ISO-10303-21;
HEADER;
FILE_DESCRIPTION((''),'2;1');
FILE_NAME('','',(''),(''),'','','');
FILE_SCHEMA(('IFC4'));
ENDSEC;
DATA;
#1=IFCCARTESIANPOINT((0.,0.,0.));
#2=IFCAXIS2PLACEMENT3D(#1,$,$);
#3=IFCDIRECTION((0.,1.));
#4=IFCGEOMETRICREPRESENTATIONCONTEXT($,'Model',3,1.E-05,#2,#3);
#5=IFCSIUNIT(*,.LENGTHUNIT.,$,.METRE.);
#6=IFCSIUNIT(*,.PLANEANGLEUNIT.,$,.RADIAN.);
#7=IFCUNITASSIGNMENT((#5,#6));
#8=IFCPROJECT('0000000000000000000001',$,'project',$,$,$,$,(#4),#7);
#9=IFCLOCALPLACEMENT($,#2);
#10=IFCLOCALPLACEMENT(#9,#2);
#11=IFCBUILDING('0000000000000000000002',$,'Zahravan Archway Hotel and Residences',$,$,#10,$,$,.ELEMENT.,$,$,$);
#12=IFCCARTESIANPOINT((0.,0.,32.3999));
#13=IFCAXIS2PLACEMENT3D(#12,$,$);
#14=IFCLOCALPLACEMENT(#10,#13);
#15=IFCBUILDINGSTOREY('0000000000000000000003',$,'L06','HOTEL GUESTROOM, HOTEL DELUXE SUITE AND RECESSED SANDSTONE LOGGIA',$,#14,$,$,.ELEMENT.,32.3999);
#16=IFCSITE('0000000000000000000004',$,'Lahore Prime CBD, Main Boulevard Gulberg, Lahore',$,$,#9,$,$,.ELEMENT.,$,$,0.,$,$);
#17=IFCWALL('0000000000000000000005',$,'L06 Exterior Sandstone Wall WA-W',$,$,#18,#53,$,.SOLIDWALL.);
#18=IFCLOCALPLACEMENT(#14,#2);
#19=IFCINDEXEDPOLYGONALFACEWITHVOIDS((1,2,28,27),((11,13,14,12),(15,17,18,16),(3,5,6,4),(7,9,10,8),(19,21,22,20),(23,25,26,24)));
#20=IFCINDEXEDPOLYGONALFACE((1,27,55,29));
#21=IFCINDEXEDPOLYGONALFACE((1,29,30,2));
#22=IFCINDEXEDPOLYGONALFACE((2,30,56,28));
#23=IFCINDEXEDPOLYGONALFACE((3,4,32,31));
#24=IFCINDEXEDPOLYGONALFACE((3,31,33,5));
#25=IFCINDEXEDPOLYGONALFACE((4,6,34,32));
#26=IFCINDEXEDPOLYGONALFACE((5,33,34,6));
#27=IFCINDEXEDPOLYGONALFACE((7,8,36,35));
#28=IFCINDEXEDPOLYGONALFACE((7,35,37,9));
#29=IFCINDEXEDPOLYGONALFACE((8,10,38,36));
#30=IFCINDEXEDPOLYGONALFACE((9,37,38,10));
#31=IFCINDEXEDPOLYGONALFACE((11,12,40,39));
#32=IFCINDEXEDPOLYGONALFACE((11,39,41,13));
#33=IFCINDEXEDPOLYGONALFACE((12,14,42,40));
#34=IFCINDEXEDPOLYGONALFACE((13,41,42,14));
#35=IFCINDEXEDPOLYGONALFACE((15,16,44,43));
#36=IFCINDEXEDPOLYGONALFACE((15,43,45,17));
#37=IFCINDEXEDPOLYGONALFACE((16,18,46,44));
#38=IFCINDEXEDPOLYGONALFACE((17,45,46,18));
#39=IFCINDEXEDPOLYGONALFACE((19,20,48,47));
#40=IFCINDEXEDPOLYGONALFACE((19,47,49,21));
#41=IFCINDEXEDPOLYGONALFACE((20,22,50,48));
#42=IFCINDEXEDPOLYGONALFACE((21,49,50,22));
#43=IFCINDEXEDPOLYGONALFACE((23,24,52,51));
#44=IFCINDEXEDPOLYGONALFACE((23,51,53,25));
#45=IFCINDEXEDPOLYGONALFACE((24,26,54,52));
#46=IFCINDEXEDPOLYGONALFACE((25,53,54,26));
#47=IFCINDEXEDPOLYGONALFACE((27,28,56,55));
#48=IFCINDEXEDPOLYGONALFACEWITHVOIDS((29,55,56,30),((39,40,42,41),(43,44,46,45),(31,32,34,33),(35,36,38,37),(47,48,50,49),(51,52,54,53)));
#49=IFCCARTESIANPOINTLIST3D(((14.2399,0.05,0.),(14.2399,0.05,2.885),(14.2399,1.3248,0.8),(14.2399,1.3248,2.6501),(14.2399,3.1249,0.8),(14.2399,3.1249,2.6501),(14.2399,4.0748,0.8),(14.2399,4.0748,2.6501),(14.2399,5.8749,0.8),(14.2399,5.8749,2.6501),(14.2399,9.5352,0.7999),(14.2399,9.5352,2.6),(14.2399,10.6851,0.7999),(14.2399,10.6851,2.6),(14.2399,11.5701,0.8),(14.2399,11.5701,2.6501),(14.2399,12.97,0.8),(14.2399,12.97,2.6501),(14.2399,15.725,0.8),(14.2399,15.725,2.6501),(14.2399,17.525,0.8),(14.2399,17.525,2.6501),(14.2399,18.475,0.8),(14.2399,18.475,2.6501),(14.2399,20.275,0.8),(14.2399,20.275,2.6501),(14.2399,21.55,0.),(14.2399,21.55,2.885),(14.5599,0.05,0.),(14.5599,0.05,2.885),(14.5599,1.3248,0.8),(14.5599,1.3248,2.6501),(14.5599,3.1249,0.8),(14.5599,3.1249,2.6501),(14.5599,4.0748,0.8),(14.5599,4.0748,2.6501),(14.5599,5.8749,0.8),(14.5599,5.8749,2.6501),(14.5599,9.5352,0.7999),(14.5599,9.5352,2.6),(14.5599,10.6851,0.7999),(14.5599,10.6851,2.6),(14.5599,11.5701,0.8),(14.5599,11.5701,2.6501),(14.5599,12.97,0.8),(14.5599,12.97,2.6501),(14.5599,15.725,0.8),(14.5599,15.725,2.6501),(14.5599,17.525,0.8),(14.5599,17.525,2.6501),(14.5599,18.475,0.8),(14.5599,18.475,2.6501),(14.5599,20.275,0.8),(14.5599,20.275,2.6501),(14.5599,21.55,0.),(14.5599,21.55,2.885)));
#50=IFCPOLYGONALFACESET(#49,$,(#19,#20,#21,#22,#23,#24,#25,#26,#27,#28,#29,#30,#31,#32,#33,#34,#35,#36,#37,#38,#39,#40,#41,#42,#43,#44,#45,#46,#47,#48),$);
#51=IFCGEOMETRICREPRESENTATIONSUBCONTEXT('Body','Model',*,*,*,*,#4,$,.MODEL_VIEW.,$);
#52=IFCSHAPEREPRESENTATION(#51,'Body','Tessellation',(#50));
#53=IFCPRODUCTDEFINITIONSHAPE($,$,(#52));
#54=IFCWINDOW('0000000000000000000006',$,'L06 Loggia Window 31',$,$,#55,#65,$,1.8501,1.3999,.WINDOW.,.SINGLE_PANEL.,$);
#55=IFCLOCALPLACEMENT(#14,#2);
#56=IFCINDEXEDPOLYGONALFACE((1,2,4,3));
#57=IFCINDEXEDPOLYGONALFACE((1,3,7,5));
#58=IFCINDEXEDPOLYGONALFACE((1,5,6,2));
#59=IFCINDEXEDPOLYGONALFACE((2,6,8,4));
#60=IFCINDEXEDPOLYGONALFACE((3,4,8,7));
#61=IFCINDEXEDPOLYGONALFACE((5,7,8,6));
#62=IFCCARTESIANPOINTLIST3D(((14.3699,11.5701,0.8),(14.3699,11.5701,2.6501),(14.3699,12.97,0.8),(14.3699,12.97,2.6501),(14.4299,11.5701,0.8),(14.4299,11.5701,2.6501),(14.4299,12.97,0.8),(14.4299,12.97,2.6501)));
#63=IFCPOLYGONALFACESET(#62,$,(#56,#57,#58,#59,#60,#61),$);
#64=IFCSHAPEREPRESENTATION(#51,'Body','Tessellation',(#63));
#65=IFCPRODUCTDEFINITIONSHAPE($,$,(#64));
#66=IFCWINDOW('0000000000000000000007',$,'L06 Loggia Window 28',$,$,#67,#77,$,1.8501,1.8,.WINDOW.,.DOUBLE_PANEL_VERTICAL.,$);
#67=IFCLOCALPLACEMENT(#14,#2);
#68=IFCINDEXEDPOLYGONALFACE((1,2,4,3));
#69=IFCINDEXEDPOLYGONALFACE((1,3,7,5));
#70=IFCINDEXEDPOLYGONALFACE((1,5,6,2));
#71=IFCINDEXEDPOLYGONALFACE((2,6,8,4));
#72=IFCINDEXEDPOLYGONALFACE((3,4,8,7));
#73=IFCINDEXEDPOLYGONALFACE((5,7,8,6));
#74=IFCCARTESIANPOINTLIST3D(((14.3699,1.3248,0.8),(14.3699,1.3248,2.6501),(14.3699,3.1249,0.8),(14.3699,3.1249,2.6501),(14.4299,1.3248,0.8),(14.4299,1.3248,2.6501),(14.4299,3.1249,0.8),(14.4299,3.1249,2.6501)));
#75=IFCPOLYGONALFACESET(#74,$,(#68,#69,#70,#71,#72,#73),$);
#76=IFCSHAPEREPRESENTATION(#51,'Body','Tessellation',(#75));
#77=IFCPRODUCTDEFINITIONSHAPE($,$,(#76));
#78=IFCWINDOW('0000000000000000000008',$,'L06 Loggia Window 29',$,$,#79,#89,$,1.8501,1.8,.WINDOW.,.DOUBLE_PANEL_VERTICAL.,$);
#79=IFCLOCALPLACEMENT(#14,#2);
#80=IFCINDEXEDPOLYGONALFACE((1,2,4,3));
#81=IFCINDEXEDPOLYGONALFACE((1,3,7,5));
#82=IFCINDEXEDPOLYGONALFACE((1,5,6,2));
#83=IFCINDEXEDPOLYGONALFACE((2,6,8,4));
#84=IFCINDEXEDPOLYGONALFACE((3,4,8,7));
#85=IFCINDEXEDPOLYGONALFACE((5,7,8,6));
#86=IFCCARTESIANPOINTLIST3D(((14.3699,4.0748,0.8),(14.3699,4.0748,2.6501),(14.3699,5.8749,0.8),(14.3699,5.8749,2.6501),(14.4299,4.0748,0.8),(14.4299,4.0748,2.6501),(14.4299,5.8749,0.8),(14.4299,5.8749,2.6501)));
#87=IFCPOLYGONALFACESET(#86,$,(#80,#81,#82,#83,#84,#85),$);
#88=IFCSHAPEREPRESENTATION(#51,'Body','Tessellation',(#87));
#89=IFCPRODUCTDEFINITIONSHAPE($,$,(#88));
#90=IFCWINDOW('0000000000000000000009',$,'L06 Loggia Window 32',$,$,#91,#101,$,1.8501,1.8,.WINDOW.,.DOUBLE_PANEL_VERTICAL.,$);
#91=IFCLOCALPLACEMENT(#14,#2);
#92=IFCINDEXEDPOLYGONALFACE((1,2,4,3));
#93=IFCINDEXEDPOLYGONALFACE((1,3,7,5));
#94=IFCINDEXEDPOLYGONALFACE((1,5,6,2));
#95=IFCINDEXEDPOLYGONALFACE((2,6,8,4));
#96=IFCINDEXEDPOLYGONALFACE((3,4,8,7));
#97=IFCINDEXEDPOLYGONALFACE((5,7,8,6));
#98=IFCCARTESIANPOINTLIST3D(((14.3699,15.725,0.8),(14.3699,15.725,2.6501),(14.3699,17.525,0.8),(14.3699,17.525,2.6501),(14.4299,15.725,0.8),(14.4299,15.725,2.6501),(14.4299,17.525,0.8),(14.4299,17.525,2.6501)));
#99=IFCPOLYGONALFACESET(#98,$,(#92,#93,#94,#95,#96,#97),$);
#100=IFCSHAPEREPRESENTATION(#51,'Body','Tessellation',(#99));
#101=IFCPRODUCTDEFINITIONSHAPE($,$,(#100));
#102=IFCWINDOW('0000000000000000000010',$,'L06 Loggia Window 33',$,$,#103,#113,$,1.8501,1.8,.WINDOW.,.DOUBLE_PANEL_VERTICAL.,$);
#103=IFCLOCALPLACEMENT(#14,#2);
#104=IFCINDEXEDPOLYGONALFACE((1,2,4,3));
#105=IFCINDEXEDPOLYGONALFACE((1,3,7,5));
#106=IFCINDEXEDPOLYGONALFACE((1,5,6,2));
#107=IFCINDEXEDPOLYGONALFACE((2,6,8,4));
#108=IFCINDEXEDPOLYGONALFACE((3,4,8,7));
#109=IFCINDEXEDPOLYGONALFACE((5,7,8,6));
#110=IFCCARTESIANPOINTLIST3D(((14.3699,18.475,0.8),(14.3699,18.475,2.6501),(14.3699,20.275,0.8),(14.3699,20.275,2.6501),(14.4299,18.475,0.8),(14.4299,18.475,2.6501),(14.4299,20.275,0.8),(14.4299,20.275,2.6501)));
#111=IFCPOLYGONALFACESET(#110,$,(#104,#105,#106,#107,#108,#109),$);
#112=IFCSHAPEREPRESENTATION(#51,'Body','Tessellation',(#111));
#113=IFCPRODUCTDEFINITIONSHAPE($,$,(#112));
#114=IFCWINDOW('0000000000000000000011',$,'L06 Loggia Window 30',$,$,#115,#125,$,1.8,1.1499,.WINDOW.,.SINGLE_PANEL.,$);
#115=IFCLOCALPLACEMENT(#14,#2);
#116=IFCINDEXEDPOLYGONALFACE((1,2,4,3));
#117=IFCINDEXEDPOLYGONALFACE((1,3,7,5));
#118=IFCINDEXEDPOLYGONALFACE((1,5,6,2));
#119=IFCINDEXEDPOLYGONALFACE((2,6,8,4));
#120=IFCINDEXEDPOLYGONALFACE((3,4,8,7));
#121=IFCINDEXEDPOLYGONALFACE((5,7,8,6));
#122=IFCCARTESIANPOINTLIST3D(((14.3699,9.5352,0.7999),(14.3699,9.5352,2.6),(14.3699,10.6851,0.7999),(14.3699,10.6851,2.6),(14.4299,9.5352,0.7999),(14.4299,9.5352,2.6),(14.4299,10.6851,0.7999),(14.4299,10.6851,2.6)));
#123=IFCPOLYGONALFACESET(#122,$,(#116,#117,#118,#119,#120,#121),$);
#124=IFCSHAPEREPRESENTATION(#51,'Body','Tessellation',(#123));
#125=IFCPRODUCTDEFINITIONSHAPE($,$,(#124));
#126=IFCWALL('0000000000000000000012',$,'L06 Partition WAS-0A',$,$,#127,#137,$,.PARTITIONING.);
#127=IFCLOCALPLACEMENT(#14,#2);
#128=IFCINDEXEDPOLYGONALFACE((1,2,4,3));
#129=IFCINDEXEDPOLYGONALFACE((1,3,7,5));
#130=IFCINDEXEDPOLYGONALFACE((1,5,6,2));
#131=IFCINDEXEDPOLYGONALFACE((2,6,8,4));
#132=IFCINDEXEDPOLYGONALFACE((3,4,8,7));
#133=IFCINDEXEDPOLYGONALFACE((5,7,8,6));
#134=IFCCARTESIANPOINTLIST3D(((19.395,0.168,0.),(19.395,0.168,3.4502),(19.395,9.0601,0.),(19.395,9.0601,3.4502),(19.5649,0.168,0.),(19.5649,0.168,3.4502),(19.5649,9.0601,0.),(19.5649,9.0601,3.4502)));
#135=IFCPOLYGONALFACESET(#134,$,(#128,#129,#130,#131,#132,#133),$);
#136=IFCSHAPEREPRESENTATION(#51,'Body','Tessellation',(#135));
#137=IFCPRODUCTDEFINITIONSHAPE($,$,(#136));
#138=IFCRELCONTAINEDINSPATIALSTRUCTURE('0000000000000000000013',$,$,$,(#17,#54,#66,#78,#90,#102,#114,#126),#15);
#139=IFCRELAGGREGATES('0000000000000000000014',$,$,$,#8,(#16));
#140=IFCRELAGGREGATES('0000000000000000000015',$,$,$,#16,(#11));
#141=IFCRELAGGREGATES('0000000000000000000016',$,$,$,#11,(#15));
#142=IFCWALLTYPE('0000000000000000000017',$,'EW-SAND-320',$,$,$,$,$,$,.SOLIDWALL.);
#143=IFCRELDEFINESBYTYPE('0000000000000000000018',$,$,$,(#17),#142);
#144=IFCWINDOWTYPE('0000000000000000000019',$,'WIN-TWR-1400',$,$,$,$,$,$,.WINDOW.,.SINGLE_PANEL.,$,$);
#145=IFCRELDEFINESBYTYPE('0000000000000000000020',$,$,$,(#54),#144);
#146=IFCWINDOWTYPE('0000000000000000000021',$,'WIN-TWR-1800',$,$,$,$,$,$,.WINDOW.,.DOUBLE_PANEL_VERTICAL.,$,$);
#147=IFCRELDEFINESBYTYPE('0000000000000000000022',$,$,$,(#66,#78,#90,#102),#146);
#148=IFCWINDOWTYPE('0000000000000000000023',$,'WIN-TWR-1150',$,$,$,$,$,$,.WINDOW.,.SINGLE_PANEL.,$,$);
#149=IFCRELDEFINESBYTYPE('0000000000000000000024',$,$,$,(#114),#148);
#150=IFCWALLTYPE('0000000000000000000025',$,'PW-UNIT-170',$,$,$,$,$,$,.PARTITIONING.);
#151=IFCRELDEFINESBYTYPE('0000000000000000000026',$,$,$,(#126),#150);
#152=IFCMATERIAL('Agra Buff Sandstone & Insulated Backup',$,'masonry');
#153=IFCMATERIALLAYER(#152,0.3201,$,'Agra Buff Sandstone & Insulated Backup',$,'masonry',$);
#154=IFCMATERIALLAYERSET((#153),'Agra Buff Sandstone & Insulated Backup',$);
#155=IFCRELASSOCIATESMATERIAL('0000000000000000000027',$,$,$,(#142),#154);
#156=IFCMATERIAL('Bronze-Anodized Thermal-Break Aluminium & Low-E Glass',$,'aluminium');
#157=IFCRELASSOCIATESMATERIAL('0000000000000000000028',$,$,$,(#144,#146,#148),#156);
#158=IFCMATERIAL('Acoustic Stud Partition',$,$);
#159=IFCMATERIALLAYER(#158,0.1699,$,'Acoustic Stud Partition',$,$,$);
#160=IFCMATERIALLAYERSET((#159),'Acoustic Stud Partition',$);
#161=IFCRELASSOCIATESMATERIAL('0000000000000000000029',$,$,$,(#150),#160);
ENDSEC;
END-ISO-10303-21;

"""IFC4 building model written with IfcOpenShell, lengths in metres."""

from ifc_helpers import new_model, si_unit, direction, frame, frame_2d, origin, place, context, subcontext, project, spatial, rectangle, extrude, source, transform, mapped, material, layer, layer_set, type_object, type_shapes, element, fill, save


model = new_model("IFC4")

# Units and contexts
model_context = context("Model", 3, precision=1e-05, world=origin(), true_north=direction((0.0, 1.0)))
body_context = subcontext(model_context, "Body", "Model", "MODEL_VIEW")
ifc_project = project(units=[si_unit("LENGTHUNIT", "METRE"), si_unit("PLANEANGLEUNIT", "RADIAN")], contexts=[model_context])

# Site, building, storey
site_placement = place(None, origin())
site = spatial("IfcSite", under=ifc_project, at=site_placement, Name="Lahore Prime CBD, Main Boulevard Gulberg, Lahore", CompositionType="ELEMENT", RefElevation=0.0)
building_placement = place(site_placement, origin())
building = spatial("IfcBuilding", under=site, at=building_placement, Name="Zahravan Archway Hotel and Residences", CompositionType="ELEMENT")
storey_placement = place(building_placement, frame((0.0, 0.0, 32.3999)))
storey = spatial("IfcBuildingStorey", under=building, at=storey_placement, Name="L06", Description="HOTEL GUESTROOM, HOTEL DELUXE SUITE AND RECESSED SANDSTONE LOGGIA", CompositionType="ELEMENT", Elevation=32.3999)

# Wall, openings, windows
ifc_material_1 = material(Name="Agra Buff Sandstone & Insulated Backup", Category="masonry")
ifc_layer_1 = layer(ifc_material_1, 0.3201, Name="Agra Buff Sandstone & Insulated Backup", Category="masonry")
ifc_layer_set_1 = layer_set([ifc_layer_1], Name="Agra Buff Sandstone & Insulated Backup")
wall_type_1 = type_object("IfcWallType", Name="EW-SAND-320", PredefinedType="SOLIDWALL", material=ifc_layer_set_1)
wall_1_placement = place(storey_placement, frame((14.3999, 0.05, 0.0), z_axis=(0.0, 0.0, 1.0), x_axis=(0.0, 1.0, 0.0)))
wall_1 = element("IfcWall", 1, at=wall_1_placement, inside=storey, type_object=wall_type_1, Name="L06 Exterior Sandstone Wall WA-W", PredefinedType="SOLIDWALL", context=body_context, shape_type="SweptSolid", body=[
    extrude(rectangle(XDim=21.5, YDim=0.3201, at=frame_2d((10.75, 0.0))), origin(), (0.0, 0.0, 1.0), 2.885),
])
opening_1_placement = place(wall_1_placement, frame((1.2749, 0.0, 0.8)))
opening_1 = element("IfcOpeningElement", 2, at=opening_1_placement, cuts=wall_1, PredefinedType="OPENING", context=body_context, shape_type="SweptSolid", body=[
    extrude(rectangle(XDim=1.8, YDim=1.8501, at=frame_2d((0.8999, 0.925))), frame((0.0, 0.1699, 0.0), z_axis=(0.0, -1.0, 0.0), x_axis=(1.0, 0.0, 0.0)), (0.0, 0.0, 1.0), 0.3401),
])
opening_2_placement = place(wall_1_placement, frame((4.0249, 0.0, 0.8)))
opening_2 = element("IfcOpeningElement", 3, at=opening_2_placement, cuts=wall_1, PredefinedType="OPENING", context=body_context, shape_type="SweptSolid", body=[
    extrude(rectangle(XDim=1.8, YDim=1.8501, at=frame_2d((0.8999, 0.925))), frame((0.0, 0.1699, 0.0), z_axis=(0.0, -1.0, 0.0), x_axis=(1.0, 0.0, 0.0)), (0.0, 0.0, 1.0), 0.3401),
])
opening_3_placement = place(wall_1_placement, frame((9.4851, 0.0, 0.8)))
opening_3 = element("IfcOpeningElement", 4, at=opening_3_placement, cuts=wall_1, PredefinedType="OPENING", context=body_context, shape_type="SweptSolid", body=[
    extrude(rectangle(XDim=1.1499, YDim=1.8, at=frame_2d((0.575, 0.8999))), frame((0.0, 0.1699, 0.0), z_axis=(0.0, -1.0, 0.0), x_axis=(1.0, 0.0, 0.0)), (0.0, 0.0, 1.0), 0.3401),
])
opening_4_placement = place(wall_1_placement, frame((11.52, 0.0, 0.8)))
opening_4 = element("IfcOpeningElement", 5, at=opening_4_placement, cuts=wall_1, PredefinedType="OPENING", context=body_context, shape_type="SweptSolid", body=[
    extrude(rectangle(XDim=1.3999, YDim=1.8501, at=frame_2d((0.7, 0.925))), frame((0.0, 0.1699, 0.0), z_axis=(0.0, -1.0, 0.0), x_axis=(1.0, 0.0, 0.0)), (0.0, 0.0, 1.0), 0.3401),
])
opening_5_placement = place(wall_1_placement, frame((15.675, 0.0, 0.8)))
opening_5 = element("IfcOpeningElement", 6, at=opening_5_placement, cuts=wall_1, PredefinedType="OPENING", context=body_context, shape_type="SweptSolid", body=[
    extrude(rectangle(XDim=1.8, YDim=1.8501, at=frame_2d((0.8999, 0.925))), frame((0.0, 0.1699, 0.0), z_axis=(0.0, -1.0, 0.0), x_axis=(1.0, 0.0, 0.0)), (0.0, 0.0, 1.0), 0.3401),
])
opening_6_placement = place(wall_1_placement, frame((18.425, 0.0, 0.8)))
opening_6 = element("IfcOpeningElement", 7, at=opening_6_placement, cuts=wall_1, PredefinedType="OPENING", context=body_context, shape_type="SweptSolid", body=[
    extrude(rectangle(XDim=1.8, YDim=1.8501, at=frame_2d((0.8999, 0.925))), frame((0.0, 0.1699, 0.0), z_axis=(0.0, -1.0, 0.0), x_axis=(1.0, 0.0, 0.0)), (0.0, 0.0, 1.0), 0.3401),
])
ifc_material_2 = material(Name="Bronze-Anodized Thermal-Break Aluminium & Low-E Glass", Category="aluminium")
window_type_1 = type_object("IfcWindowType", Name="WIN-TWR-1400", PartitioningType="SINGLE_PANEL", PredefinedType="WINDOW", material=ifc_material_2)
shared_shape_1 = source(origin(), body_context, "Body", "SweptSolid", [
    extrude(rectangle(XDim=1.3999, YDim=1.8501, at=frame_2d((0.7, 0.925))), frame((0.0, 0.03, 0.0), z_axis=(0.0, -1.0, 0.0), x_axis=(1.0, 0.0, 0.0)), (0.0, 0.0, 1.0), 0.0601),
])
type_shapes(window_type_1, [shared_shape_1])
window_1_placement = place(opening_4_placement, origin())
window_1 = element("IfcWindow", 8, at=window_1_placement, inside=storey, type_object=window_type_1, Name="L06 Loggia Window 31", OverallHeight=1.8501, OverallWidth=1.3999, PartitioningType="SINGLE_PANEL", PredefinedType="WINDOW", context=body_context, shape_type="MappedRepresentation", body=[
    mapped(shared_shape_1, transform((0.0, 0.0, 0.0), scale=1.0)),
])
fill(opening_4, window_1)
window_type_2 = type_object("IfcWindowType", Name="WIN-TWR-1800", PartitioningType="DOUBLE_PANEL_VERTICAL", PredefinedType="WINDOW", material=ifc_material_2)
shared_shape_2 = source(origin(), body_context, "Body", "SweptSolid", [
    extrude(rectangle(XDim=1.8, YDim=1.8501, at=frame_2d((0.8999, 0.925))), frame((0.0, 0.03, 0.0), z_axis=(0.0, -1.0, 0.0), x_axis=(1.0, 0.0, 0.0)), (0.0, 0.0, 1.0), 0.0601),
])
type_shapes(window_type_2, [shared_shape_2])
window_2_placement = place(opening_1_placement, origin())
window_2 = element("IfcWindow", 9, at=window_2_placement, inside=storey, type_object=window_type_2, Name="L06 Loggia Window 28", OverallHeight=1.8501, OverallWidth=1.8, PartitioningType="DOUBLE_PANEL_VERTICAL", PredefinedType="WINDOW", context=body_context, shape_type="MappedRepresentation", body=[
    mapped(shared_shape_2, transform((0.0, 0.0, 0.0), scale=1.0)),
])
fill(opening_1, window_2)
window_3_placement = place(opening_2_placement, origin())
window_3 = element("IfcWindow", 10, at=window_3_placement, inside=storey, type_object=window_type_2, Name="L06 Loggia Window 29", OverallHeight=1.8501, OverallWidth=1.8, PartitioningType="DOUBLE_PANEL_VERTICAL", PredefinedType="WINDOW", context=body_context, shape_type="MappedRepresentation", body=[
    mapped(shared_shape_2, transform((0.0, 0.0, 0.0), scale=1.0)),
])
fill(opening_2, window_3)
window_4_placement = place(opening_5_placement, origin())
window_4 = element("IfcWindow", 11, at=window_4_placement, inside=storey, type_object=window_type_2, Name="L06 Loggia Window 32", OverallHeight=1.8501, OverallWidth=1.8, PartitioningType="DOUBLE_PANEL_VERTICAL", PredefinedType="WINDOW", context=body_context, shape_type="MappedRepresentation", body=[
    mapped(shared_shape_2, transform((0.0, 0.0, 0.0), scale=1.0)),
])
fill(opening_5, window_4)
window_5_placement = place(opening_6_placement, origin())
window_5 = element("IfcWindow", 12, at=window_5_placement, inside=storey, type_object=window_type_2, Name="L06 Loggia Window 33", OverallHeight=1.8501, OverallWidth=1.8, PartitioningType="DOUBLE_PANEL_VERTICAL", PredefinedType="WINDOW", context=body_context, shape_type="MappedRepresentation", body=[
    mapped(shared_shape_2, transform((0.0, 0.0, 0.0), scale=1.0)),
])
fill(opening_6, window_5)
window_type_3 = type_object("IfcWindowType", Name="WIN-TWR-1150", PartitioningType="SINGLE_PANEL", PredefinedType="WINDOW", material=ifc_material_2)
shared_shape_3 = source(origin(), body_context, "Body", "SweptSolid", [
    extrude(rectangle(XDim=1.1499, YDim=1.8, at=frame_2d((0.575, 0.8999))), frame((0.0, 0.03, 0.0), z_axis=(0.0, -1.0, 0.0), x_axis=(1.0, 0.0, 0.0)), (0.0, 0.0, 1.0), 0.0601),
])
type_shapes(window_type_3, [shared_shape_3])
window_6_placement = place(opening_3_placement, origin())
window_6 = element("IfcWindow", 13, at=window_6_placement, inside=storey, type_object=window_type_3, Name="L06 Loggia Window 30", OverallHeight=1.8, OverallWidth=1.1499, PartitioningType="SINGLE_PANEL", PredefinedType="WINDOW", context=body_context, shape_type="MappedRepresentation", body=[
    mapped(shared_shape_3, transform((0.0, 0.0, 0.0), scale=1.0)),
])
fill(opening_3, window_6)

# Wall
ifc_material_3 = material(Name="Acoustic Stud Partition")
ifc_layer_2 = layer(ifc_material_3, 0.1699, Name="Acoustic Stud Partition")
ifc_layer_set_2 = layer_set([ifc_layer_2], Name="Acoustic Stud Partition")
wall_type_2 = type_object("IfcWallType", Name="PW-UNIT-170", PredefinedType="PARTITIONING", material=ifc_layer_set_2)
wall_2_placement = place(storey_placement, frame((19.48, 0.168, 0.0), z_axis=(0.0, 0.0, 1.0), x_axis=(0.0, 1.0, 0.0)))
element("IfcWall", 14, at=wall_2_placement, inside=storey, type_object=wall_type_2, Name="L06 Partition WAS-0A", PredefinedType="PARTITIONING", context=body_context, shape_type="SweptSolid", body=[
    extrude(rectangle(XDim=8.8921, YDim=0.1699, at=frame_2d((4.446, 0.0))), origin(), (0.0, 0.0, 1.0), 3.4502),
])

save(model, "model.ifc")
